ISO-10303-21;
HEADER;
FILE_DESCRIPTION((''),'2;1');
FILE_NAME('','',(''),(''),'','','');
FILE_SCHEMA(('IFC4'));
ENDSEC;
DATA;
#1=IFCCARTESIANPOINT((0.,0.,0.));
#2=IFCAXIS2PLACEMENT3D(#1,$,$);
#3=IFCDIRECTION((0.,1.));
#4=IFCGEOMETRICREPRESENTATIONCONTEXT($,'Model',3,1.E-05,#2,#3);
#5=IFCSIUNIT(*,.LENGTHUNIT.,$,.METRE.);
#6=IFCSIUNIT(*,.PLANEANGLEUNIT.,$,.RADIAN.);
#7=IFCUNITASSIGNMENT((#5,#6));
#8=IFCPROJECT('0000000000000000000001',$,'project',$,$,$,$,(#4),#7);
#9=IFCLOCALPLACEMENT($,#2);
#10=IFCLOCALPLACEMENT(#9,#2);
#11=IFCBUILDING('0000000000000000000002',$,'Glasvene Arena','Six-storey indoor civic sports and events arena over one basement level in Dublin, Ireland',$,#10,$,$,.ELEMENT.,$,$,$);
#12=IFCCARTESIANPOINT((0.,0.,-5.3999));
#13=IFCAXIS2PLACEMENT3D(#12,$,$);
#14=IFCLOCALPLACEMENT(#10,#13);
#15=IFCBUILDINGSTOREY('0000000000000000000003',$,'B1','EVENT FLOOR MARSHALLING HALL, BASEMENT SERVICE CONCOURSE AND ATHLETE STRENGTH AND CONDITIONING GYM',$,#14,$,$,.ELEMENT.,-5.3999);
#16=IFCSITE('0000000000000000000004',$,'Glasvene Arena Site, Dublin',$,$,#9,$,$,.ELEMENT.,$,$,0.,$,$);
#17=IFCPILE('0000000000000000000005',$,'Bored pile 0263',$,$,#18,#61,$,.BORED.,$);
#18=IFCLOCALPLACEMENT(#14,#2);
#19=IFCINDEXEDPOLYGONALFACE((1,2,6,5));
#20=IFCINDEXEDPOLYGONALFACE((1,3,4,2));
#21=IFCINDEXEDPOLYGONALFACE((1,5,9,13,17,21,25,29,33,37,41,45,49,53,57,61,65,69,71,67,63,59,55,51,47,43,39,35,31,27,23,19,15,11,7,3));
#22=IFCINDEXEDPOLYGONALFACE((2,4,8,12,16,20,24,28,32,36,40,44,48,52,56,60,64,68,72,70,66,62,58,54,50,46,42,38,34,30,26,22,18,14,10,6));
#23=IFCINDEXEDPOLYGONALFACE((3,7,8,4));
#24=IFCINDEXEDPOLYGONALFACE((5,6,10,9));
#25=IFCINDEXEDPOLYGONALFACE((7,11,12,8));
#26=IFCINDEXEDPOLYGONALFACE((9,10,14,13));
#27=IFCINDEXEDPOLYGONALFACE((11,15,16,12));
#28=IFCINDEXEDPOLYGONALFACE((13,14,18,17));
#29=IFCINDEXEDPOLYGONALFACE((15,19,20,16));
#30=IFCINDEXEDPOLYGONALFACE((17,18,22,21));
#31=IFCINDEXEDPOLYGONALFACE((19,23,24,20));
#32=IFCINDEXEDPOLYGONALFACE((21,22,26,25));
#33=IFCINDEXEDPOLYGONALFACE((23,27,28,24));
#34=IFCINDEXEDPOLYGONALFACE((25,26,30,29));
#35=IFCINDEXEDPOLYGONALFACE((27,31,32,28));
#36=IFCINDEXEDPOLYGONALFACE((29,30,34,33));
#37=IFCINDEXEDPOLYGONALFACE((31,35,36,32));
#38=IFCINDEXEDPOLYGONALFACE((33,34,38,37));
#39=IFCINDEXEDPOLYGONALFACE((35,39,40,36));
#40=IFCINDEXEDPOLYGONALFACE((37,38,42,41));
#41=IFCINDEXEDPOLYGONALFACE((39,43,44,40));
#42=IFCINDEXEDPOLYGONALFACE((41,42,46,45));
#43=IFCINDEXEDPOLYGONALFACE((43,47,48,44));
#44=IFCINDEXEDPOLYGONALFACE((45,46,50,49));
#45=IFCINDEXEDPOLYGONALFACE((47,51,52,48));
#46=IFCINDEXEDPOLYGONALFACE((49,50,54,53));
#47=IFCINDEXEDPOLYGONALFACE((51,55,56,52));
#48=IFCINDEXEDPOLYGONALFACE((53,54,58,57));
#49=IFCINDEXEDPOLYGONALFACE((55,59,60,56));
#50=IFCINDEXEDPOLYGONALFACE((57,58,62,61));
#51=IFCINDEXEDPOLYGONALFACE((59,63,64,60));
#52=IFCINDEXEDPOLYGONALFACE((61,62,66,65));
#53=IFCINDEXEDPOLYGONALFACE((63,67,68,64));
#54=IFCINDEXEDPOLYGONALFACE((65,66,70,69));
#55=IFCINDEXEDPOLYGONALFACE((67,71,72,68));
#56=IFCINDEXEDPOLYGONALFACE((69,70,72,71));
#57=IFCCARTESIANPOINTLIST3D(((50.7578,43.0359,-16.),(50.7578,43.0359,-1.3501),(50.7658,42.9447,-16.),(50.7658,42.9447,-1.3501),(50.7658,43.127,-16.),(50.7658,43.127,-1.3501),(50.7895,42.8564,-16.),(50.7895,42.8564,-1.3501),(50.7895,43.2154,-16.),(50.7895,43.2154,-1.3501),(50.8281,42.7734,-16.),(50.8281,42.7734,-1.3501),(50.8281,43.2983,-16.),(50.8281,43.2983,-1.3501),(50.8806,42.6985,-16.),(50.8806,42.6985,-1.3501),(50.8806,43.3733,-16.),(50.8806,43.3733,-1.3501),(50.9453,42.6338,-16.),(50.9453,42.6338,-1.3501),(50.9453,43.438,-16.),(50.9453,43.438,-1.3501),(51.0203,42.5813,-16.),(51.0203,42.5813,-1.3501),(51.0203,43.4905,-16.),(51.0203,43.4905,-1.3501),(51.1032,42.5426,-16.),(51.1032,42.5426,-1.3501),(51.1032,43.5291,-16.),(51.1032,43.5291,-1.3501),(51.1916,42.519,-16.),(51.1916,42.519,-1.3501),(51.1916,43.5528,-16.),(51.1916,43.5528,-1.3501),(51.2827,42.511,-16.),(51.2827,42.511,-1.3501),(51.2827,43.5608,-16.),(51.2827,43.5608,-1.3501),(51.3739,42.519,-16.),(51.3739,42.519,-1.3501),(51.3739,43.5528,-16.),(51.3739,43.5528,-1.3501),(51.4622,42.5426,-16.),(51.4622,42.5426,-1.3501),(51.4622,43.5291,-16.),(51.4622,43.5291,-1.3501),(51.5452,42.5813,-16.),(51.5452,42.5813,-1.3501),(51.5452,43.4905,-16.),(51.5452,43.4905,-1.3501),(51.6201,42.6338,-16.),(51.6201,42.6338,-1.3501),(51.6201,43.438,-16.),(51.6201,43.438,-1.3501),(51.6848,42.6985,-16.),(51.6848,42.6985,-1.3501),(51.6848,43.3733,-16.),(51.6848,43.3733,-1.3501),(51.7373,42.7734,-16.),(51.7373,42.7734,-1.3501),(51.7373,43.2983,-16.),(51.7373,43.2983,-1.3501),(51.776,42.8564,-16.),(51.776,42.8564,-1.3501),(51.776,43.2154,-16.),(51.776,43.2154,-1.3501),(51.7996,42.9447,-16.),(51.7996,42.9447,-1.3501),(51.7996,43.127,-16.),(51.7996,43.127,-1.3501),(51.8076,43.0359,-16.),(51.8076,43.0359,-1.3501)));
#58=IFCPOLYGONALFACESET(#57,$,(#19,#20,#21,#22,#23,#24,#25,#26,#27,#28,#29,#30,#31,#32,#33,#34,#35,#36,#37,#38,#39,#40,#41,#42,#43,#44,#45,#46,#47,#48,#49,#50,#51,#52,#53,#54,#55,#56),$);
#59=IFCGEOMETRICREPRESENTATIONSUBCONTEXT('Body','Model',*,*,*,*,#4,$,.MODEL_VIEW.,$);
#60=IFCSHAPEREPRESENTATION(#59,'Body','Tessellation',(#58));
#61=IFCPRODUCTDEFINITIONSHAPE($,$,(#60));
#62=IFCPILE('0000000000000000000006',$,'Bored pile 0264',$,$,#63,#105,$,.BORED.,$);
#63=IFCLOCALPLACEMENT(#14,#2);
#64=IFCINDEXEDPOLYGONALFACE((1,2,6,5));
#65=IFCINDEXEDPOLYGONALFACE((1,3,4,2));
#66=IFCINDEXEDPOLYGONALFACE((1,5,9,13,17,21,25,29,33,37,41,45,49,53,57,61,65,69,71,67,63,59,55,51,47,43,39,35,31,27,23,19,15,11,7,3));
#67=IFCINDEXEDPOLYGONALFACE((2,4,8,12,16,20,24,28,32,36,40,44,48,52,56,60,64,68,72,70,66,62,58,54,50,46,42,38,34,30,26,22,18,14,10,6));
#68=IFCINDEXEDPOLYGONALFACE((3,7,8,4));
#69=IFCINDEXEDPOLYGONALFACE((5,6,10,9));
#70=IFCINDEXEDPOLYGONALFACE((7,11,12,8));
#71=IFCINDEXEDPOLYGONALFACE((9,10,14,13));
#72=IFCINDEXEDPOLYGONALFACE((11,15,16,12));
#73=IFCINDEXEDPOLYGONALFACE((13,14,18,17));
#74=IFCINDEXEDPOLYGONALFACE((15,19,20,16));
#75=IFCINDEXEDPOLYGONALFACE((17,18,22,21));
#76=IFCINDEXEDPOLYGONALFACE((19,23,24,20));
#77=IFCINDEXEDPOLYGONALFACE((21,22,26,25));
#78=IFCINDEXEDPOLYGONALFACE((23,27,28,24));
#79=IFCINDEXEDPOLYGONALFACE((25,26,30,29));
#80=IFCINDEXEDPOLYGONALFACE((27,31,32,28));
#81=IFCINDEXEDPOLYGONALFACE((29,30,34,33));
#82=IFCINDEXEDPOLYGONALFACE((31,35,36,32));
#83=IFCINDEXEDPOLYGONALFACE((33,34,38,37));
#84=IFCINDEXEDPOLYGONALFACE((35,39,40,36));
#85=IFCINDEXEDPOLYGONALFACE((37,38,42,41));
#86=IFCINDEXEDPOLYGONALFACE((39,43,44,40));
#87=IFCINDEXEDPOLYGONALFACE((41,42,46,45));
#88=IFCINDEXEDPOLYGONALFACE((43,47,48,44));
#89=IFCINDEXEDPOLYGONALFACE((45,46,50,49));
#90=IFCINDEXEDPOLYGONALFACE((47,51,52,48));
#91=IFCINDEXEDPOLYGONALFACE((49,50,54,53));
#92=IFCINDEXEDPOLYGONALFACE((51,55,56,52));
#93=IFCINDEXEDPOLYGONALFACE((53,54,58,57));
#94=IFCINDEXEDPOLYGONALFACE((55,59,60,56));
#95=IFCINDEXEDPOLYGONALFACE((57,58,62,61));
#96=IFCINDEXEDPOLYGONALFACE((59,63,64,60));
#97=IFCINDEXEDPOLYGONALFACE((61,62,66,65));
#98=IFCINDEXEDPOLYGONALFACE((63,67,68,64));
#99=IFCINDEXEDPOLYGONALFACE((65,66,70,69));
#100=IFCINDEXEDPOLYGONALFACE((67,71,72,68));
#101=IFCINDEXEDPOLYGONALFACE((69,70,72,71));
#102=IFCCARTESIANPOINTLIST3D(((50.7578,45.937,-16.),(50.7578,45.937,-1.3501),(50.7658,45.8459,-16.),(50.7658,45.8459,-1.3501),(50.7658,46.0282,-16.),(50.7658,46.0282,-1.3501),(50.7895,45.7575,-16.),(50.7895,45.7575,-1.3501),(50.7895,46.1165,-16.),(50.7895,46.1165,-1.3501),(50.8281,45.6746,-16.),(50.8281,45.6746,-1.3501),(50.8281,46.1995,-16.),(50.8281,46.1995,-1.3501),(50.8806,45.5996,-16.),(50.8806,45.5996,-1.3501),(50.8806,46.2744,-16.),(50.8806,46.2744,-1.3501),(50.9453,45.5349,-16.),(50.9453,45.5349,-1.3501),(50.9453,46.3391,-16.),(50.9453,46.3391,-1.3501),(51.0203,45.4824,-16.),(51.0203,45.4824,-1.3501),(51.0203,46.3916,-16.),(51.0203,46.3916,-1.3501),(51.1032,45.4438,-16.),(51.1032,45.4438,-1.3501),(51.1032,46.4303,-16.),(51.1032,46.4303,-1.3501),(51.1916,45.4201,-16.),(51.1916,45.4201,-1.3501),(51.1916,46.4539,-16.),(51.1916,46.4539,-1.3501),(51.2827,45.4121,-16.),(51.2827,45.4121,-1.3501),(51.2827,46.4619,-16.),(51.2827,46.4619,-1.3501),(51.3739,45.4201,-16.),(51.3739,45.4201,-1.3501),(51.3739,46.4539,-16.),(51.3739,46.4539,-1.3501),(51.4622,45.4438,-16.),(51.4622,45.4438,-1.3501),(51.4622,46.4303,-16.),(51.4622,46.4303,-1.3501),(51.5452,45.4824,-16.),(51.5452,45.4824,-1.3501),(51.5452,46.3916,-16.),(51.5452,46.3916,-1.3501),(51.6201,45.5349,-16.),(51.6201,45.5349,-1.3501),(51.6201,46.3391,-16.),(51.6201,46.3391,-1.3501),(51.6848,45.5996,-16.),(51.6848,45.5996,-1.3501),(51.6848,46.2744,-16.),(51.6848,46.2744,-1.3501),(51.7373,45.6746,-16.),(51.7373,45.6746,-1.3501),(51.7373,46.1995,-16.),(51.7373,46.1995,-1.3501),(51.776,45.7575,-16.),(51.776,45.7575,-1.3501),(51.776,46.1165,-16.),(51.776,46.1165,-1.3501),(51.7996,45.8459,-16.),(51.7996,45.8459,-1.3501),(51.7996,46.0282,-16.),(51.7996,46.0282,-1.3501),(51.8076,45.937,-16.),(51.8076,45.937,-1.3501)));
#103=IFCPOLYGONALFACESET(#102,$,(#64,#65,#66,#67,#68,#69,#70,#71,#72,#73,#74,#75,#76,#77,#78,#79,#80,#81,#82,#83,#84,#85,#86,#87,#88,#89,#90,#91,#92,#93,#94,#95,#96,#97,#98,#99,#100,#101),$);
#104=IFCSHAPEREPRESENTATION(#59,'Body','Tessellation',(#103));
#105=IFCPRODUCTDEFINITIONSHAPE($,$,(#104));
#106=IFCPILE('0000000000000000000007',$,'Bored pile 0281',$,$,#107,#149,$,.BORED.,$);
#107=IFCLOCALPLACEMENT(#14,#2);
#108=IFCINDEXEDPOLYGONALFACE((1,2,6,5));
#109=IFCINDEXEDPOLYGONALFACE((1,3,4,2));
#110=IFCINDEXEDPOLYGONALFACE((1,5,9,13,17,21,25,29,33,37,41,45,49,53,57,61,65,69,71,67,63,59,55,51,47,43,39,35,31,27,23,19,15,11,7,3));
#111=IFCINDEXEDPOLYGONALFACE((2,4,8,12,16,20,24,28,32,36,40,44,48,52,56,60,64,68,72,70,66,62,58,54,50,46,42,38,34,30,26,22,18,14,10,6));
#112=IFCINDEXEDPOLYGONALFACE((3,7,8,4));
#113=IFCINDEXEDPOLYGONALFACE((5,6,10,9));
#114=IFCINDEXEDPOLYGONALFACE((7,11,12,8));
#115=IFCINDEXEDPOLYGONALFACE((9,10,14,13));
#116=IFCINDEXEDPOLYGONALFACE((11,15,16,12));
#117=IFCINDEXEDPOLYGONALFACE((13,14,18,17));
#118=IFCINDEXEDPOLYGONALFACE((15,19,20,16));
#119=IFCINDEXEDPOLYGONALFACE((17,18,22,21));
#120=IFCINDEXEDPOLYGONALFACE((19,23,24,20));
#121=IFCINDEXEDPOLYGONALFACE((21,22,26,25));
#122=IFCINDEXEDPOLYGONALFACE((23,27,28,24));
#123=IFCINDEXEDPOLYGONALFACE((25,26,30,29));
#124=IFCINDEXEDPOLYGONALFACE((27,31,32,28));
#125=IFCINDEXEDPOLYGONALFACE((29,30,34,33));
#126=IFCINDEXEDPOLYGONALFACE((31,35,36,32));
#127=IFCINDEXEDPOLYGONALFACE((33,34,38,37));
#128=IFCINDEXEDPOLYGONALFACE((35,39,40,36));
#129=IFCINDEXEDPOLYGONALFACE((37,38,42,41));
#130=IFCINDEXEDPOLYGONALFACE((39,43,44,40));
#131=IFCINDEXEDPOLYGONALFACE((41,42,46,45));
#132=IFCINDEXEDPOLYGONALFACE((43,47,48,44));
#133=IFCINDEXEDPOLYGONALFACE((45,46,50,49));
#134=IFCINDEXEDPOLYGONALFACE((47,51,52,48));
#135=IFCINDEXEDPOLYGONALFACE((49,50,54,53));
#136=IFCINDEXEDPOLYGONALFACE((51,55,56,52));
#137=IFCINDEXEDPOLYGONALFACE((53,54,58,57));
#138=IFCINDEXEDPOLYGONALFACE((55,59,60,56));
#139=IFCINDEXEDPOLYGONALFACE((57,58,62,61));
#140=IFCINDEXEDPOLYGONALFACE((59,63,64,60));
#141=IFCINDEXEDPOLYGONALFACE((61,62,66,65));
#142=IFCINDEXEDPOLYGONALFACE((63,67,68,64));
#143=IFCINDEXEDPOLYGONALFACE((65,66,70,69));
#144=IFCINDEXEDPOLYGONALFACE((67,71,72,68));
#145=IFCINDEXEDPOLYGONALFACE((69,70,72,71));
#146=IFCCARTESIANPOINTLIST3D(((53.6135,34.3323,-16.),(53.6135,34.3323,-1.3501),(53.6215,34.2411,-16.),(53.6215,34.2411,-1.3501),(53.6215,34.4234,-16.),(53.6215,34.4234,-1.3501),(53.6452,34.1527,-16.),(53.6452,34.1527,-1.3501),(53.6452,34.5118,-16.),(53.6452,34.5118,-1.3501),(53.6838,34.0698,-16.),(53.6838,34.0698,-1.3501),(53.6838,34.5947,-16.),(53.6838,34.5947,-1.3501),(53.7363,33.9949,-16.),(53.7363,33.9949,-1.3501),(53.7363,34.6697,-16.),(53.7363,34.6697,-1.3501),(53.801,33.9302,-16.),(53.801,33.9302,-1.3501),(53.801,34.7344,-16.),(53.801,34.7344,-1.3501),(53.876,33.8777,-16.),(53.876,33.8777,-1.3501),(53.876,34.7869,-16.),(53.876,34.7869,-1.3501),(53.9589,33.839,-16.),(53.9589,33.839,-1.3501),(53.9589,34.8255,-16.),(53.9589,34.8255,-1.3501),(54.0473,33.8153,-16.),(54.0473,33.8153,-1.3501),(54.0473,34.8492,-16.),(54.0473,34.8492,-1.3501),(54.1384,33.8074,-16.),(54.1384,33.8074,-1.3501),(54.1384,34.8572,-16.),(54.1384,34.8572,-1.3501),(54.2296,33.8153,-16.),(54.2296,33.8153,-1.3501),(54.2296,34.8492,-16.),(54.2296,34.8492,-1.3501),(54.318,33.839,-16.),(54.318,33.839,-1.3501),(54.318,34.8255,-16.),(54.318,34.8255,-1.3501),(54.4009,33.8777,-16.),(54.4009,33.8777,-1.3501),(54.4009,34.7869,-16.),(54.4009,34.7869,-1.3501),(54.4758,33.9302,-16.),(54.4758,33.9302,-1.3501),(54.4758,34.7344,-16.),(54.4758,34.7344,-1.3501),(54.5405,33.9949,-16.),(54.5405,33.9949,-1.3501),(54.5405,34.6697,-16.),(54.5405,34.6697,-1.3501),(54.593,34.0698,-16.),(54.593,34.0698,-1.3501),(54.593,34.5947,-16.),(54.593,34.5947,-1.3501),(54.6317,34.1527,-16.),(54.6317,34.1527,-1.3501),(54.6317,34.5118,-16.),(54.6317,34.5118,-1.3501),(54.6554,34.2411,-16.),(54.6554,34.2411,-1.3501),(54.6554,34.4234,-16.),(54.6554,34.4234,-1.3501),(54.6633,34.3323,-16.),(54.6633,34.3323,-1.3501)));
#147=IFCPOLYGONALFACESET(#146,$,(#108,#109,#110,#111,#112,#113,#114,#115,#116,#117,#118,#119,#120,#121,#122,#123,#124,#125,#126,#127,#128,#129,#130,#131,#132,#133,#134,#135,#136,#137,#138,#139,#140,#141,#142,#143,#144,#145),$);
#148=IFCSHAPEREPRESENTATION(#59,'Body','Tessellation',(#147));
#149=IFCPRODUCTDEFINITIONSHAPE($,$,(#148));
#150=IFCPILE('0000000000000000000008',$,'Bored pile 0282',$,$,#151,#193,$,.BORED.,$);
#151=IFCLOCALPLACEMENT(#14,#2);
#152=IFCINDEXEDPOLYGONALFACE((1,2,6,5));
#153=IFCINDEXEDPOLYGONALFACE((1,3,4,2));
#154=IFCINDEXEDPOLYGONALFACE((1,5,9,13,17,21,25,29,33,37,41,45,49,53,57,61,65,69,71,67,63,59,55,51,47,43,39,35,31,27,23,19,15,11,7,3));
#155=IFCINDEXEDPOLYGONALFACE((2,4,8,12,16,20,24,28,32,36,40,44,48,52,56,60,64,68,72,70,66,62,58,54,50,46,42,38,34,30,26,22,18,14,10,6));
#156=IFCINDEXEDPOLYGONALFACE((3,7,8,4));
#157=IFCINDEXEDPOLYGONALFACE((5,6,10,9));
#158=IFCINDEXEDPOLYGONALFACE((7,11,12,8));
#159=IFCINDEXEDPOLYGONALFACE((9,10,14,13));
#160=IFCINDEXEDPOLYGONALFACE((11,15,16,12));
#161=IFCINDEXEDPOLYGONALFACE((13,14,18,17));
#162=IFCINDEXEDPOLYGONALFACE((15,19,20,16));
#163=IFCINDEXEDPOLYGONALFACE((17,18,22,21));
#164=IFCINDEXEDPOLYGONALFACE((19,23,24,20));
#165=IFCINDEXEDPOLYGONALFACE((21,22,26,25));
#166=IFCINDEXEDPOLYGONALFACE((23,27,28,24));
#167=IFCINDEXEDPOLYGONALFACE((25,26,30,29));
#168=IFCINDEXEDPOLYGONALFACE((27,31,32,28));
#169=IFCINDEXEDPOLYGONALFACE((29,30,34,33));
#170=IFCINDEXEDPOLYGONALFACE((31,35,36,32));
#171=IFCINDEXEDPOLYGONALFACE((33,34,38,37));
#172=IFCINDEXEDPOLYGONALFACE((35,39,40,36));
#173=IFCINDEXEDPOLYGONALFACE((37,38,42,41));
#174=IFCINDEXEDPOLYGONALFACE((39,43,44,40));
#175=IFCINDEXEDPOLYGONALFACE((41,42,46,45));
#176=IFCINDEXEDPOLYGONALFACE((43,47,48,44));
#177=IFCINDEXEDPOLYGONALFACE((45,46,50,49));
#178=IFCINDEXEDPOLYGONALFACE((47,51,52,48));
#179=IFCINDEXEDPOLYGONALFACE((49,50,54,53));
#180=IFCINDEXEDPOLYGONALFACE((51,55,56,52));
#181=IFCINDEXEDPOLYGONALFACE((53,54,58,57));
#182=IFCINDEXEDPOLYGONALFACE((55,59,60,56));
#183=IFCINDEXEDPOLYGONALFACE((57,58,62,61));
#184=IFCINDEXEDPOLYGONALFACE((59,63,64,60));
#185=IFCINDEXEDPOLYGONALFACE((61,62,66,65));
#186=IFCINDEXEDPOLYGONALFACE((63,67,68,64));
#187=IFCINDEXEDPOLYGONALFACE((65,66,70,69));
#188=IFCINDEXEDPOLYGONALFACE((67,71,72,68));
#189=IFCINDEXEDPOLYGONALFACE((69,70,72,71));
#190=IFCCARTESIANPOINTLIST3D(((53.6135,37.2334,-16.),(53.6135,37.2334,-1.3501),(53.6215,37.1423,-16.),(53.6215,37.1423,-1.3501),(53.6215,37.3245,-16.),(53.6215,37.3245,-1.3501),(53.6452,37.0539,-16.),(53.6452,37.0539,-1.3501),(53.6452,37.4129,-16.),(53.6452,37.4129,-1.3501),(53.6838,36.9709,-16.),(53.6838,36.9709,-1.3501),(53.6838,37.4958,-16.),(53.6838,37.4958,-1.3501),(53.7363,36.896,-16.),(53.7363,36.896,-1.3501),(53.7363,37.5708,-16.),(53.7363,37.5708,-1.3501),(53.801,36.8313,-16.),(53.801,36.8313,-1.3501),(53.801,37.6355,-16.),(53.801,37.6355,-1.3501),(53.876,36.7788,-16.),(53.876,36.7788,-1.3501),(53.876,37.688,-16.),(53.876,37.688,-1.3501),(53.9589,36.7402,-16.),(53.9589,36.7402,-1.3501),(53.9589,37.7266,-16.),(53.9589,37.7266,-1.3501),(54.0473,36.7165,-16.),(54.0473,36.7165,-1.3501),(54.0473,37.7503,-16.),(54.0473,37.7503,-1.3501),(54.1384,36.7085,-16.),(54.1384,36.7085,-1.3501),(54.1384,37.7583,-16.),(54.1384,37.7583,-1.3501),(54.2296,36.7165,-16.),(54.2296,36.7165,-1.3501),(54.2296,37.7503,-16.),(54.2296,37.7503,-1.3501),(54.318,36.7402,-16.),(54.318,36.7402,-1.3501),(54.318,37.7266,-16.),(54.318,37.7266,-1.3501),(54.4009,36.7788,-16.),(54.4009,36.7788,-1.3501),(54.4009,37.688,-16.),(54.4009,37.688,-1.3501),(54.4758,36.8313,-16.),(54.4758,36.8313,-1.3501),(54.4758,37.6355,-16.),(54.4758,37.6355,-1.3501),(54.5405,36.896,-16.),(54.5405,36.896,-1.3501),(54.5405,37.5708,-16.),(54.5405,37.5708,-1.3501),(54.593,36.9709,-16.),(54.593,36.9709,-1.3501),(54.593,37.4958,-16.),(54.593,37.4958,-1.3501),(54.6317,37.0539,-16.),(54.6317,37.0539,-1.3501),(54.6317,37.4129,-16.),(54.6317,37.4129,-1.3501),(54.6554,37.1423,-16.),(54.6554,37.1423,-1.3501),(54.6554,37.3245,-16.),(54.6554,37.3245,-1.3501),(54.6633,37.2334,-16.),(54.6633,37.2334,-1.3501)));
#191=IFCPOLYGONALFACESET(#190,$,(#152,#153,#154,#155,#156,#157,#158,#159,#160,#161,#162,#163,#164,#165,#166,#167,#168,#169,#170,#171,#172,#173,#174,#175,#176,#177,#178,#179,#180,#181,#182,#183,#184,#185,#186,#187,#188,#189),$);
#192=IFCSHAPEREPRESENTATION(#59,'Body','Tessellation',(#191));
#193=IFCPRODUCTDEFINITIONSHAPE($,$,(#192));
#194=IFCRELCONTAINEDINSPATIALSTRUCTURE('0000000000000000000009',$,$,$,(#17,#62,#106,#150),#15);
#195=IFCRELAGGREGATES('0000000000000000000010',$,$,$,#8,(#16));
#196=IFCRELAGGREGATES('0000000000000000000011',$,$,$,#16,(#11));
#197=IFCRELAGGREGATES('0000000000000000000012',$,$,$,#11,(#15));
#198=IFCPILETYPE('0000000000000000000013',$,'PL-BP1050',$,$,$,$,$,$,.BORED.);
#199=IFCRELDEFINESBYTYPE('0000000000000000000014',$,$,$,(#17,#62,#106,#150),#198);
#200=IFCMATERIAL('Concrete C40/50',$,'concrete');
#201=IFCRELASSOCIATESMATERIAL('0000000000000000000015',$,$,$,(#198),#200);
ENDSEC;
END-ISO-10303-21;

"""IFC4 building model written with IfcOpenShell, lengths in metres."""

from ifc_helpers import new_model, si_unit, direction, frame, origin, origin_2d, place, context, subcontext, project, spatial, circle, extrude, material, material_profile, profile_set, type_object, element, save


model = new_model("IFC4")

# Units and contexts
model_context = context("Model", 3, precision=1e-05, world=origin(), true_north=direction((0.0, 1.0)))
body_context = subcontext(model_context, "Body", "Model", "MODEL_VIEW")
ifc_project = project(units=[si_unit("LENGTHUNIT", "METRE"), si_unit("PLANEANGLEUNIT", "RADIAN")], contexts=[model_context])

# Site, building, storey
site_placement = place(None, origin())
site = spatial("IfcSite", under=ifc_project, at=site_placement, Name="Glasvene Arena Site, Dublin", CompositionType="ELEMENT", RefElevation=0.0)
building_placement = place(site_placement, origin())
building = spatial("IfcBuilding", under=site, at=building_placement, Name="Glasvene Arena", Description="Six-storey indoor civic sports and events arena over one basement level in Dublin, Ireland", CompositionType="ELEMENT")
storey_placement = place(building_placement, frame((0.0, 0.0, -5.3999)))
storey = spatial("IfcBuildingStorey", under=building, at=storey_placement, Name="B1", Description="EVENT FLOOR MARSHALLING HALL, BASEMENT SERVICE CONCOURSE AND ATHLETE STRENGTH AND CONDITIONING GYM", CompositionType="ELEMENT", Elevation=-5.3999)

# Piles
ifc_material_1 = material(Name="Concrete C40/50", Category="concrete")
ifc_material_profile_1 = material_profile(ifc_material_1, circle(Radius=0.5249, at=origin_2d()), Name="BORED PILE 1050")
ifc_profile_set_1 = profile_set([ifc_material_profile_1], Name="Concrete C40/50")
pile_type = type_object("IfcPileType", Name="PL-BP1050", PredefinedType="BORED", material=ifc_profile_set_1)
for number, where, z_axis, x_axis, name in (
    (1, (51.2827, 43.0359, -1.3501), (0.0, 0.0, -1.0), (1.0, 0.0, 0.0), "Bored pile 0263"),
    (2, (51.2827, 45.937, -1.3501), (0.0, 0.0, -1.0), (1.0, 0.0, 0.0), "Bored pile 0264"),
    (3, (54.1384, 34.3323, -1.3501), (0.0, 0.0, -1.0), (1.0, 0.0, 0.0), "Bored pile 0281"),
    (4, (54.1384, 37.2334, -1.3501), (0.0, 0.0, -1.0), (1.0, 0.0, 0.0), "Bored pile 0282"),
):
    element("IfcPile", number, at=place(storey_placement, frame(where, z_axis=z_axis, x_axis=x_axis)), inside=storey, type_object=pile_type, Name=name, PredefinedType="BORED", context=body_context, shape_type="SweptSolid", body=[
        extrude(circle(Radius=0.5249, at=origin_2d()), origin(), (0.0, 0.0, 1.0), 14.6499),
    ])

save(model, "model.ifc")
